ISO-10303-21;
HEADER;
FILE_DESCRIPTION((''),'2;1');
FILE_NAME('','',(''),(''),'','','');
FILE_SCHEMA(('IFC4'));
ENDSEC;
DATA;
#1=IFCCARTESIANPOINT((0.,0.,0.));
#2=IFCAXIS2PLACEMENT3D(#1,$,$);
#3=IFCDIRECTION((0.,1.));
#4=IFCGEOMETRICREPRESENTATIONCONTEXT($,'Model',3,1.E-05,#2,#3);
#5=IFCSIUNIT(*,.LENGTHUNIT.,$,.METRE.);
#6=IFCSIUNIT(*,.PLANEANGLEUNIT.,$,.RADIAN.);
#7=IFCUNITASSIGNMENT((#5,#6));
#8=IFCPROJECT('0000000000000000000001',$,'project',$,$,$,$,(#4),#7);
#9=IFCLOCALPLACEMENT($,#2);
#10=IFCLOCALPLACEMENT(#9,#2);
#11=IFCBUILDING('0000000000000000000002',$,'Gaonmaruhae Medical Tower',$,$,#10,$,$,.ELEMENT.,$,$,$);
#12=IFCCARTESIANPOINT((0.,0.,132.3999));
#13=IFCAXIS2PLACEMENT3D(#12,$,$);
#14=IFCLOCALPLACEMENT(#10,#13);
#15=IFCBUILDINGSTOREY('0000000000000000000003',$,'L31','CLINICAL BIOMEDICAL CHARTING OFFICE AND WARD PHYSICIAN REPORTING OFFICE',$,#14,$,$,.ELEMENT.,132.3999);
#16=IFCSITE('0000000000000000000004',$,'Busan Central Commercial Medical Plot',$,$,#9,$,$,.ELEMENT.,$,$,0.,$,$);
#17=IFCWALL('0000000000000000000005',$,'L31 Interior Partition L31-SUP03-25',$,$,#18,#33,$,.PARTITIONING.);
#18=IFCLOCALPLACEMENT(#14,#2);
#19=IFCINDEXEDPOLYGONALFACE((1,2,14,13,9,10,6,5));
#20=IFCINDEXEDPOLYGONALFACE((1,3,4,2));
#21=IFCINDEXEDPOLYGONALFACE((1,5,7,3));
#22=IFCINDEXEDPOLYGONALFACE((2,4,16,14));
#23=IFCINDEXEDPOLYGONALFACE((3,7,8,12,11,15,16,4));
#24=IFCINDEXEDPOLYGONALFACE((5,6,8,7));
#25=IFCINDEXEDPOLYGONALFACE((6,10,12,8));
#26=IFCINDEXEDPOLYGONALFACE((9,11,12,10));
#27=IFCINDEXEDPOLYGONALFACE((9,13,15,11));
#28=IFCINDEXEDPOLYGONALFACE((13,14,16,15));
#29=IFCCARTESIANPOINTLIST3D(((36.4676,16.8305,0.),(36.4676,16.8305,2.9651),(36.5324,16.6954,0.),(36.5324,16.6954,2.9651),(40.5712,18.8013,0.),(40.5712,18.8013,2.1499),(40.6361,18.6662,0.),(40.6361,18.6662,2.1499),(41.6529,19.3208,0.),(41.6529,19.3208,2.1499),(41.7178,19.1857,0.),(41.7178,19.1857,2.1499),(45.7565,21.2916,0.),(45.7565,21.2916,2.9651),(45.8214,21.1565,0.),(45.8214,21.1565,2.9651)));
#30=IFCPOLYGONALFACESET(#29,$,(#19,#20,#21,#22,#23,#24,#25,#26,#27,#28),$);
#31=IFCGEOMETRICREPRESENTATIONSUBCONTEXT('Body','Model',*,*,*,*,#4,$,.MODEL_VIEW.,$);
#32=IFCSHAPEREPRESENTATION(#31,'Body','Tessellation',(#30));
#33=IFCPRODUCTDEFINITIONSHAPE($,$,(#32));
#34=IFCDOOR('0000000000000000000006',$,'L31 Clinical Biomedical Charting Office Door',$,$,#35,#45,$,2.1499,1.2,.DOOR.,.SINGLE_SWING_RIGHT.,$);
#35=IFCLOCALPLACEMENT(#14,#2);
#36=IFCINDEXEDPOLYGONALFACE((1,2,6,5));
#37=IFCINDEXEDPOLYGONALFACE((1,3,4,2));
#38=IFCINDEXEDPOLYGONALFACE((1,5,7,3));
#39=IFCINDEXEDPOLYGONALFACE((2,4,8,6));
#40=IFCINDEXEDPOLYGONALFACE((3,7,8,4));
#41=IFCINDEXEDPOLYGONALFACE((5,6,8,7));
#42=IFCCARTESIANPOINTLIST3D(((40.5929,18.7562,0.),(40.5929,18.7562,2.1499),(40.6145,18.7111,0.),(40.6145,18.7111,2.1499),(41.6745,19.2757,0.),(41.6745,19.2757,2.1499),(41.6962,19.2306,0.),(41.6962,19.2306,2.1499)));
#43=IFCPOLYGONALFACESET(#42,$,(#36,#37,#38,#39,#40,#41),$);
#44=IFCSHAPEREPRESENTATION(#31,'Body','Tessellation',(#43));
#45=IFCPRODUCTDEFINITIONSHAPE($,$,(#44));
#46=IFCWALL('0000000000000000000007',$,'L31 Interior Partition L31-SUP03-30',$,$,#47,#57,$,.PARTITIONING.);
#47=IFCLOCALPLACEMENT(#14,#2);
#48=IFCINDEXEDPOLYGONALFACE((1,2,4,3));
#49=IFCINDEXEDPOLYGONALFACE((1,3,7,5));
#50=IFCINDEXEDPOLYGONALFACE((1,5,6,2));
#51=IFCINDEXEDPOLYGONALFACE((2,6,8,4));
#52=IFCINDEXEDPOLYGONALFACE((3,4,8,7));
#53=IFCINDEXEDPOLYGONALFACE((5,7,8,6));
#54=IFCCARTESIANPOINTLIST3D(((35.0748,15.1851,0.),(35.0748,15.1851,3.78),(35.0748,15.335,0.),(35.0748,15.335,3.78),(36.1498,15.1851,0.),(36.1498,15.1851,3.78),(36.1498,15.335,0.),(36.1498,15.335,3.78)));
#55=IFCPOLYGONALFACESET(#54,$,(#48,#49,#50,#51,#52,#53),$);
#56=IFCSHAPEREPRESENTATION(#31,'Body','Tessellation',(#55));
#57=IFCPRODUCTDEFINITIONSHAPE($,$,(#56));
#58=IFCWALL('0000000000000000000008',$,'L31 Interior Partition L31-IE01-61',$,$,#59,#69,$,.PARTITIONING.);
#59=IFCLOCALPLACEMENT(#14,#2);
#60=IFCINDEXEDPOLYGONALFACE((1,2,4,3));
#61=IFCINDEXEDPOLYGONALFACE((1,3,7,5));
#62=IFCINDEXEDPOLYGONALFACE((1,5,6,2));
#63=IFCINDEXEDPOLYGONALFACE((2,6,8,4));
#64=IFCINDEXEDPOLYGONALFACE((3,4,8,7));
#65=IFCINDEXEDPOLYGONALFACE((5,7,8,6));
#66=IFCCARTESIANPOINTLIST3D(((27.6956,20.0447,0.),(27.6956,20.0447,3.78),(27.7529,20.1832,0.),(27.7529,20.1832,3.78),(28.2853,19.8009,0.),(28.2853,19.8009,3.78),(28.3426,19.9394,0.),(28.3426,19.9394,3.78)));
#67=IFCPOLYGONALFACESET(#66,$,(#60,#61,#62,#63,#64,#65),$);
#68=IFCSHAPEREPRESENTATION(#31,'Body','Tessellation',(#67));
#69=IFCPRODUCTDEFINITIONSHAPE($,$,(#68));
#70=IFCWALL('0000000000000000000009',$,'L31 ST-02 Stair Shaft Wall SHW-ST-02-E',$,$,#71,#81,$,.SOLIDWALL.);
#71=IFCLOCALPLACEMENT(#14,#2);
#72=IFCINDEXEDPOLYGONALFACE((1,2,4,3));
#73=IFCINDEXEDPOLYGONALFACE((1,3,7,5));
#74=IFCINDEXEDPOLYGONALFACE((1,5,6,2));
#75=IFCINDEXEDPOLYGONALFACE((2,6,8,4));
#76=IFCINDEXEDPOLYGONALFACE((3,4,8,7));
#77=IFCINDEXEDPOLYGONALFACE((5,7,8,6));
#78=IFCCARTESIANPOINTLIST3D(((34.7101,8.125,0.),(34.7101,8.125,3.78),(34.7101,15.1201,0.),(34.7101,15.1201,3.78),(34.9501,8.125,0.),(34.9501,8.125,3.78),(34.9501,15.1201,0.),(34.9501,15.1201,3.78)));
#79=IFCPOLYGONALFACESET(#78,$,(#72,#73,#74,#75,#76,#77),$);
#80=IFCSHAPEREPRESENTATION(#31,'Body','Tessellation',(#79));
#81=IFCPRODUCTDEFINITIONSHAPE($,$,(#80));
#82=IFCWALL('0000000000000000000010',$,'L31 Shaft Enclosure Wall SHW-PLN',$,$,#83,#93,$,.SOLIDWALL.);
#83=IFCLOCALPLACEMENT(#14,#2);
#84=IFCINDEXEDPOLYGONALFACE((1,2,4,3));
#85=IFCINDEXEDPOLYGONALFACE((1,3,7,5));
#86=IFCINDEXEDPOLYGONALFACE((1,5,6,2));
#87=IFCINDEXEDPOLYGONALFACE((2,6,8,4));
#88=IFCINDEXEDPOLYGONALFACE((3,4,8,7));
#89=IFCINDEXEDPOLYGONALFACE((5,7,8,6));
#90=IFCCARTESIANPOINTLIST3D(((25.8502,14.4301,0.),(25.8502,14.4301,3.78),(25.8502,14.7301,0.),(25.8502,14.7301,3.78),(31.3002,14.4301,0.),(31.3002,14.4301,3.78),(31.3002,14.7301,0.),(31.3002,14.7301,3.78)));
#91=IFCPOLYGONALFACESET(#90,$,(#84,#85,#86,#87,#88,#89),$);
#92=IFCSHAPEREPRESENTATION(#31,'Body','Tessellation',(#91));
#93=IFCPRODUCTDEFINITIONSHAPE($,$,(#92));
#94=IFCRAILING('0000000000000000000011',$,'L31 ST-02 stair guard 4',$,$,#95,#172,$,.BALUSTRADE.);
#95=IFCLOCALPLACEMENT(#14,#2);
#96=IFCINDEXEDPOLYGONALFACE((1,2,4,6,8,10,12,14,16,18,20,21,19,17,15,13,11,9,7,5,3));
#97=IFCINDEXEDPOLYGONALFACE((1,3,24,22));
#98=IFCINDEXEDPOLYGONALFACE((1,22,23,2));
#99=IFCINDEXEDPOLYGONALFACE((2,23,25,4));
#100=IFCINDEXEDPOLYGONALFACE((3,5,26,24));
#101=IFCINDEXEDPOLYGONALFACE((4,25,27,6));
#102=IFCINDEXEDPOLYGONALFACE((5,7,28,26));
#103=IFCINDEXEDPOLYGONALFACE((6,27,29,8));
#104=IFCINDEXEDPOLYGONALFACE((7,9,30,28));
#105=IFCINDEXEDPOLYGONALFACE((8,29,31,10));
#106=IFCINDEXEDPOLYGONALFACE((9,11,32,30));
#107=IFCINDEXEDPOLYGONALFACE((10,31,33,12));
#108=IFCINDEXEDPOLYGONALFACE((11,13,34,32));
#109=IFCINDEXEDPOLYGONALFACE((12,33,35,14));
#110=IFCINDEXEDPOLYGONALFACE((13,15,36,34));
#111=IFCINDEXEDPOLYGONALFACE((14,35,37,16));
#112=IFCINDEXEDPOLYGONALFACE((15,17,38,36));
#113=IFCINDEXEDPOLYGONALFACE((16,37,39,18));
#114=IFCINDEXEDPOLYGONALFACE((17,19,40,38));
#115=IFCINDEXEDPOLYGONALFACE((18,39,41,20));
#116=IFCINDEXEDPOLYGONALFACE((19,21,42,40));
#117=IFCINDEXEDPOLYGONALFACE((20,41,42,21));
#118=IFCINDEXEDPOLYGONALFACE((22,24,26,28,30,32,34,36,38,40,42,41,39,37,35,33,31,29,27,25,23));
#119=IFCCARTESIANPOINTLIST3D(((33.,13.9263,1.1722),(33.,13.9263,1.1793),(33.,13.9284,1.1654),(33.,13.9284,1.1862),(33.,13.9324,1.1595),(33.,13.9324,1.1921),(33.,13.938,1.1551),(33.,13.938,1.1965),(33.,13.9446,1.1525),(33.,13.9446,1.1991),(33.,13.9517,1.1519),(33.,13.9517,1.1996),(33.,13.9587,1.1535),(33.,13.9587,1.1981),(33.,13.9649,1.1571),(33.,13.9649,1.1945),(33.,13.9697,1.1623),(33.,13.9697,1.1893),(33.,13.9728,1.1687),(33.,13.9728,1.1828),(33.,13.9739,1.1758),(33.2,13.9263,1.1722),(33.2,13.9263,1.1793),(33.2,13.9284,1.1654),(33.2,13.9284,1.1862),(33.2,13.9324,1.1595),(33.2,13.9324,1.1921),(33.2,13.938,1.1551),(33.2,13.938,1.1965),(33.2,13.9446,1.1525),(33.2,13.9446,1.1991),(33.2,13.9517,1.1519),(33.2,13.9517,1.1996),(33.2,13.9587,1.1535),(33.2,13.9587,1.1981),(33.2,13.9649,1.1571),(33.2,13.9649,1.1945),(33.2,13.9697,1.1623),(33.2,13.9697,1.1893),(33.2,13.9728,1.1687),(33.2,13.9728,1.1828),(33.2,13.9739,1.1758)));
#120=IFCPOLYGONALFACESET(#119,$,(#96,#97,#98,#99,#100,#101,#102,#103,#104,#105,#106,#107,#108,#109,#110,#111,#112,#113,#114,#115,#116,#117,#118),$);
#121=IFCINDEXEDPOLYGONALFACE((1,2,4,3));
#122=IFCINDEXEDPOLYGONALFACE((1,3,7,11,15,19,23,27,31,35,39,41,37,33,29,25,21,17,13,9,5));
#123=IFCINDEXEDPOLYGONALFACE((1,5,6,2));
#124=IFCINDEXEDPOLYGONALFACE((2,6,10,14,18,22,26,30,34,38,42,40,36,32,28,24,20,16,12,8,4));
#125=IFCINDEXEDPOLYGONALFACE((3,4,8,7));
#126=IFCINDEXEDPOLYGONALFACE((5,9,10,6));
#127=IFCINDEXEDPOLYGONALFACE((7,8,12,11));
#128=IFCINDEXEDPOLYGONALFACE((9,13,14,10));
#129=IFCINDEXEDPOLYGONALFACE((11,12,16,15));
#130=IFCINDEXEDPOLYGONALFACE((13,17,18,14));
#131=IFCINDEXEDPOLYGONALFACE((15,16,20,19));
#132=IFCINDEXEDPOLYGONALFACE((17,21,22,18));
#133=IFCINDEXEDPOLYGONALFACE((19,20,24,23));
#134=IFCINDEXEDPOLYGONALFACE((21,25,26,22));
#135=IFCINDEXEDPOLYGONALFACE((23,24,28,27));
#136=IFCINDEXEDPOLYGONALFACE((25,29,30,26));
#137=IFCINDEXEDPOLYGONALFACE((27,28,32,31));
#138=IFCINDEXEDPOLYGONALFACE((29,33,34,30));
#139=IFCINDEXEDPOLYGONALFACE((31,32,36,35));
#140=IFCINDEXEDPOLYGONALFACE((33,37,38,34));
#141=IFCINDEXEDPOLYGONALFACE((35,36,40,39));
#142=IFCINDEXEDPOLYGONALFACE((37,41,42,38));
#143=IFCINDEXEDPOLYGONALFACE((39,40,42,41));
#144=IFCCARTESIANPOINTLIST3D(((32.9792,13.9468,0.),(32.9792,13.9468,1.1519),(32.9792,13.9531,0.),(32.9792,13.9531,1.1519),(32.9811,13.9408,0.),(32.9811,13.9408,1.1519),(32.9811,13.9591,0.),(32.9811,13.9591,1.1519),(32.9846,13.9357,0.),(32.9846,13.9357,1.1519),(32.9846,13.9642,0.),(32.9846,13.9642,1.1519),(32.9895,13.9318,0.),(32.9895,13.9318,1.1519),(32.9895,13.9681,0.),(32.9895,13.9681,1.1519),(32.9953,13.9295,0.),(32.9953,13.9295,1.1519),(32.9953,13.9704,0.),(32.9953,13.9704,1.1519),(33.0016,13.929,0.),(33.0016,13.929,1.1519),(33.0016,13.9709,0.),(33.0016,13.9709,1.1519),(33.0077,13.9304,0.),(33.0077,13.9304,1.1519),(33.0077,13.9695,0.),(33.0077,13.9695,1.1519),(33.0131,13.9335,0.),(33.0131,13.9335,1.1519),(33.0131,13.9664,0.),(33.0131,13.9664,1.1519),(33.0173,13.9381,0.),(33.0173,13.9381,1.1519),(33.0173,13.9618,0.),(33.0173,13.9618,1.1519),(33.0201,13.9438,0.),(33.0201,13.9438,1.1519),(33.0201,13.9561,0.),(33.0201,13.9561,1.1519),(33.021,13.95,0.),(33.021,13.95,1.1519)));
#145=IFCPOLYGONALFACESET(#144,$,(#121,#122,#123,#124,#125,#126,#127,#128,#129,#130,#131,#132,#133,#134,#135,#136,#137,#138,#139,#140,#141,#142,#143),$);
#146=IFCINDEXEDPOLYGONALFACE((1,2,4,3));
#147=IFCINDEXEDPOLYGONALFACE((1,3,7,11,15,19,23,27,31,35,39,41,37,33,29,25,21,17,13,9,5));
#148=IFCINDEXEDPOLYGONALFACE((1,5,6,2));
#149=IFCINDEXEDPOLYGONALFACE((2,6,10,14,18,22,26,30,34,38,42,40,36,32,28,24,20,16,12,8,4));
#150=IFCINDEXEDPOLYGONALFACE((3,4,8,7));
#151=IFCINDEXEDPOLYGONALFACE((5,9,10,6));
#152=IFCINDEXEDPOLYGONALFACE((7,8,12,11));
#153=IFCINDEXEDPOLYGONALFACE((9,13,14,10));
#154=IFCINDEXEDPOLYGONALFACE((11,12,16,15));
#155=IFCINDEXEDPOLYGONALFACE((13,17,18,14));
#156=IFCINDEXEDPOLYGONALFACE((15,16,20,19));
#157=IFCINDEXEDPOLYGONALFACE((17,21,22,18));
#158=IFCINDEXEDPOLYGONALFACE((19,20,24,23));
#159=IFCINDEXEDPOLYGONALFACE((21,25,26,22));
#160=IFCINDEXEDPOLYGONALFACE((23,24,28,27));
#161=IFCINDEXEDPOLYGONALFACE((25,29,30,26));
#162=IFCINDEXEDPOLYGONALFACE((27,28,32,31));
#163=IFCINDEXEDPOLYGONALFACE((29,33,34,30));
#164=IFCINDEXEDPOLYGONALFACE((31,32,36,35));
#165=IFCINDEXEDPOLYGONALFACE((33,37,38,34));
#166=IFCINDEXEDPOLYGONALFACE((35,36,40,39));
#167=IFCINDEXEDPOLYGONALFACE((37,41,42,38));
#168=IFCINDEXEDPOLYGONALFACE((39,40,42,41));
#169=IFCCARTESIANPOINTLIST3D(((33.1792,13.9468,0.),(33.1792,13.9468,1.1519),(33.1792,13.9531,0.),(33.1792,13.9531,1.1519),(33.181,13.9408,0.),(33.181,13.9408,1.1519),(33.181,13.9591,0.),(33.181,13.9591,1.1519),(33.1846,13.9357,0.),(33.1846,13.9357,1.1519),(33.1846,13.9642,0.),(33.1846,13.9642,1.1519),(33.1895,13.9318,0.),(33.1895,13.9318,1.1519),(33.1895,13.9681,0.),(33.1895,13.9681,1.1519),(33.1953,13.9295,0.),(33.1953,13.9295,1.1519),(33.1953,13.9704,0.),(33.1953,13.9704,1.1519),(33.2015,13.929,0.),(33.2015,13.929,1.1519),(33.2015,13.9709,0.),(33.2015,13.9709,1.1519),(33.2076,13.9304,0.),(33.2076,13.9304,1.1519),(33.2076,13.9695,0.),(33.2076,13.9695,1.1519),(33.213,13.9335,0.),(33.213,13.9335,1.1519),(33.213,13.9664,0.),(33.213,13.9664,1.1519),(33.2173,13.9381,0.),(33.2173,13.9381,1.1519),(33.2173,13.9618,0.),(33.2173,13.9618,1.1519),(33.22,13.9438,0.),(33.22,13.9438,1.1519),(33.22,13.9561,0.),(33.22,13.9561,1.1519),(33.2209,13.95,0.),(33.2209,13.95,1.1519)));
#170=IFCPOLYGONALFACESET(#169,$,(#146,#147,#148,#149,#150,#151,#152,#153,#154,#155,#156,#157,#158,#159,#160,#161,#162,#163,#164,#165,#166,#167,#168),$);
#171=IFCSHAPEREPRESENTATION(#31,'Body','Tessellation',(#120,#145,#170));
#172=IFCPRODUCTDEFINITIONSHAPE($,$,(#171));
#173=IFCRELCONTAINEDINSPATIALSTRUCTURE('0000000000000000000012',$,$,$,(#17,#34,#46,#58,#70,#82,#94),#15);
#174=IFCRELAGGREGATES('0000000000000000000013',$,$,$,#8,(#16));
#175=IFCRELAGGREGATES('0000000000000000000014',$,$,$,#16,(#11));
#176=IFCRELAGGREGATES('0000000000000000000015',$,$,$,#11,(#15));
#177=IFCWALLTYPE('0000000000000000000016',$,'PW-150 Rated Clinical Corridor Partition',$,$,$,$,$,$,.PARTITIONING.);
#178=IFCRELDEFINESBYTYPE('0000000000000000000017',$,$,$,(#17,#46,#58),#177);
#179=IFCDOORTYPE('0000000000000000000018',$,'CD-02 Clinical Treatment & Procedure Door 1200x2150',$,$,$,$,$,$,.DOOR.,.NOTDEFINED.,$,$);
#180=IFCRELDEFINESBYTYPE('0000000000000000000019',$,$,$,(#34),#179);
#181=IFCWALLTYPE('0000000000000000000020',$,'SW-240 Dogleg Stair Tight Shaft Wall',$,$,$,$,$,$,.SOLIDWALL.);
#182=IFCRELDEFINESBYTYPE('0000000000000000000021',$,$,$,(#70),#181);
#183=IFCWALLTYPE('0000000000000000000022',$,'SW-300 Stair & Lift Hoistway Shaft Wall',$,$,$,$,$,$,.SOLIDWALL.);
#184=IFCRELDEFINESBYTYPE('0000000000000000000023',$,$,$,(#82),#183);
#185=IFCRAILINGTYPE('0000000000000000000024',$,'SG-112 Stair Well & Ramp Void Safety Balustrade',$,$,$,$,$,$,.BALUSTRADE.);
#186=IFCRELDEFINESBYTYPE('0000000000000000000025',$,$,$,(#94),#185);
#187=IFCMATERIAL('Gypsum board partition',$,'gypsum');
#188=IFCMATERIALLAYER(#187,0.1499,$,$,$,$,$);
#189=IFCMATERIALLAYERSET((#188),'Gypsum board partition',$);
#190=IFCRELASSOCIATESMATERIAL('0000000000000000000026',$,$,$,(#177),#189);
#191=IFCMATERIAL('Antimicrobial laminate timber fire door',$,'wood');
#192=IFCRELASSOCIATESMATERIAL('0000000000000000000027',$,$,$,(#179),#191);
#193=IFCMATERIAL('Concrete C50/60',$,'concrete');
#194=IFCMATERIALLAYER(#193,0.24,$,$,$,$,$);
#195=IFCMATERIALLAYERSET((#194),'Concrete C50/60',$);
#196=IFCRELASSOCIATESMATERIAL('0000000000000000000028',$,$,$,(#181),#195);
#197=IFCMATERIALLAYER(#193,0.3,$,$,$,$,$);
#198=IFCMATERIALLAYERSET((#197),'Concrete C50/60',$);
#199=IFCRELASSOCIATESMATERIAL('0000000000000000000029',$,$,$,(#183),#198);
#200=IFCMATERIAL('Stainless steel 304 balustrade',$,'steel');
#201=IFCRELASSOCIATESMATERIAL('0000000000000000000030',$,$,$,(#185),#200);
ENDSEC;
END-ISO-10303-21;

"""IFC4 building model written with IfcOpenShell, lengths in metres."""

from ifc_helpers import new_model, si_unit, direction, frame, frame_2d, origin, origin_2d, place, context, subcontext, project, spatial, rectangle, circle, extrude, material, layer, layer_set, type_object, element, fill, save


model = new_model("IFC4")

# Units and contexts
model_context = context("Model", 3, precision=1e-05, world=origin(), true_north=direction((0.0, 1.0)))
body_context = subcontext(model_context, "Body", "Model", "MODEL_VIEW")
ifc_project = project(units=[si_unit("LENGTHUNIT", "METRE"), si_unit("PLANEANGLEUNIT", "RADIAN")], contexts=[model_context])

# Site, building, storey
site_placement = place(None, origin())
site = spatial("IfcSite", under=ifc_project, at=site_placement, Name="Busan Central Commercial Medical Plot", CompositionType="ELEMENT", RefElevation=0.0)
building_placement = place(site_placement, origin())
building = spatial("IfcBuilding", under=site, at=building_placement, Name="Gaonmaruhae Medical Tower", CompositionType="ELEMENT")
storey_placement = place(building_placement, frame((0.0, 0.0, 132.3999)))
storey = spatial("IfcBuildingStorey", under=building, at=storey_placement, Name="L31", Description="CLINICAL BIOMEDICAL CHARTING OFFICE AND WARD PHYSICIAN REPORTING OFFICE", CompositionType="ELEMENT", Elevation=132.3999)

# Shared definitions
ifc_material_1 = material(Name="Gypsum board partition", Category="gypsum")
ifc_layer_1 = layer(ifc_material_1, 0.1499)
ifc_layer_set_1 = layer_set([ifc_layer_1], Name="Gypsum board partition")
wall_type_1 = type_object("IfcWallType", Name="PW-150 Rated Clinical Corridor Partition", PredefinedType="PARTITIONING", material=ifc_layer_set_1)

# Wall, opening, door
wall_1_placement = place(storey_placement, frame((36.5, 16.7629, 0.0), z_axis=(0.0, 0.0, 1.0), x_axis=(0.901431, 0.432923, 0.0)))
wall_1 = element("IfcWall", 1, at=wall_1_placement, inside=storey, type_object=wall_type_1, Name="L31 Interior Partition L31-SUP03-25", PredefinedType="PARTITIONING", context=body_context, shape_type="SweptSolid", body=[
    extrude(rectangle(XDim=10.3047, YDim=0.1499, at=frame_2d((5.1523, 0.0))), origin(), (0.0, 0.0, 1.0), 2.9651),
])
opening_1_placement = place(wall_1_placement, frame((4.5522, 0.0, 0.0)))
opening_1 = element("IfcOpeningElement", 2, at=opening_1_placement, cuts=wall_1, PredefinedType="OPENING", context=body_context, shape_type="SweptSolid", body=[
    extrude(rectangle(XDim=1.2, YDim=2.1499, at=frame_2d((0.6001, 1.075))), frame((0.0, 0.085, 0.0), z_axis=(0.0, -1.0, 0.0), x_axis=(1.0, 0.0, 0.0)), (0.0, 0.0, 1.0), 0.1699),
])
ifc_material_2 = material(Name="Antimicrobial laminate timber fire door", Category="wood")
door_type_1 = type_object("IfcDoorType", Name="CD-02 Clinical Treatment & Procedure Door 1200x2150", OperationType="NOTDEFINED", PredefinedType="DOOR", material=ifc_material_2)
door_1_placement = place(opening_1_placement, origin())
door_1 = element("IfcDoor", 3, at=door_1_placement, inside=storey, type_object=door_type_1, Name="L31 Clinical Biomedical Charting Office Door", OperationType="SINGLE_SWING_RIGHT", OverallHeight=2.1499, OverallWidth=1.2, PredefinedType="DOOR", context=body_context, shape_type="SweptSolid", body=[
    extrude(rectangle(XDim=1.2, YDim=2.1499, at=frame_2d((0.6001, 1.075))), frame((0.0, 0.0249, 0.0), z_axis=(0.0, -1.0, 0.0), x_axis=(1.0, 0.0, 0.0)), (0.0, 0.0, 1.0), 0.05),
])
fill(opening_1, door_1)

# Walls
wall_2_placement = place(storey_placement, frame((36.1499, 15.26, 0.0), z_axis=(0.0, 0.0, 1.0), x_axis=(-1.0, 0.0, 0.0)))
element("IfcWall", 4, at=wall_2_placement, inside=storey, type_object=wall_type_1, Name="L31 Interior Partition L31-SUP03-30", PredefinedType="PARTITIONING", context=body_context, shape_type="SweptSolid", body=[
    extrude(rectangle(XDim=1.075, YDim=0.1499, at=frame_2d((0.5376, 0.0))), origin(), (0.0, 0.0, 1.0), 3.78),
])
wall_3_placement = place(storey_placement, frame((28.314, 19.8701, 0.0), z_axis=(0.0, 0.0, 1.0), x_axis=(-0.924115, 0.382115, 0.0)))
element("IfcWall", 5, at=wall_3_placement, inside=storey, type_object=wall_type_1, Name="L31 Interior Partition L31-IE01-61", PredefinedType="PARTITIONING", context=body_context, shape_type="SweptSolid", body=[
    extrude(rectangle(XDim=0.6382, YDim=0.1499, at=frame_2d((0.3191, 0.0))), origin(), (0.0, 0.0, 1.0), 3.78),
])

# Shared definitions
ifc_material_3 = material(Name="Concrete C50/60", Category="concrete")
ifc_layer_2 = layer(ifc_material_3, 0.24)
ifc_layer_set_2 = layer_set([ifc_layer_2], Name="Concrete C50/60")
wall_type_2 = type_object("IfcWallType", Name="SW-240 Dogleg Stair Tight Shaft Wall", PredefinedType="SOLIDWALL", material=ifc_layer_set_2)

# Walls
wall_4_placement = place(storey_placement, frame((34.8301, 15.1201, 0.0), z_axis=(0.0, 0.0, 1.0), x_axis=(0.0, -1.0, 0.0)))
element("IfcWall", 6, at=wall_4_placement, inside=storey, type_object=wall_type_2, Name="L31 ST-02 Stair Shaft Wall SHW-ST-02-E", PredefinedType="SOLIDWALL", context=body_context, shape_type="SweptSolid", body=[
    extrude(rectangle(XDim=6.9951, YDim=0.24, at=frame_2d((3.4976, 0.0))), origin(), (0.0, 0.0, 1.0), 3.78),
])
ifc_layer_3 = layer(ifc_material_3, 0.3)
ifc_layer_set_3 = layer_set([ifc_layer_3], Name="Concrete C50/60")
wall_type_3 = type_object("IfcWallType", Name="SW-300 Stair & Lift Hoistway Shaft Wall", PredefinedType="SOLIDWALL", material=ifc_layer_set_3)
wall_5_placement = place(storey_placement, frame((25.8501, 14.5801, 0.0), z_axis=(0.0, 0.0, 1.0), x_axis=(1.0, 0.0, 0.0)))
element("IfcWall", 7, at=wall_5_placement, inside=storey, type_object=wall_type_3, Name="L31 Shaft Enclosure Wall SHW-PLN", PredefinedType="SOLIDWALL", context=body_context, shape_type="SweptSolid", body=[
    extrude(rectangle(XDim=5.45, YDim=0.3, at=frame_2d((2.7251, 0.0))), origin(), (0.0, 0.0, 1.0), 3.78),
])

# Railing
ifc_material_4 = material(Name="Stainless steel 304 balustrade", Category="steel")
railing_type = type_object("IfcRailingType", Name="SG-112 Stair Well & Ramp Void Safety Balustrade", PredefinedType="BALUSTRADE", material=ifc_material_4)
railing_1_placement = place(storey_placement, frame((33.0, 13.95, 0.0)))
element("IfcRailing", 8, at=railing_1_placement, inside=storey, type_object=railing_type, Name="L31 ST-02 stair guard 4", PredefinedType="BALUSTRADE", context=body_context, shape_type="SweptSolid", body=[
    extrude(circle(Radius=0.0239, at=origin_2d()), frame((0.0, 0.0, 1.1758), z_axis=(1.0, 0.0, 0.0), x_axis=(0.0, 1.0, 0.0)), (0.0, 0.0, 1.0), 0.2),
    extrude(circle(Radius=0.021, at=origin_2d()), origin(), (0.0, 0.0, 1.0), 1.1519),
    extrude(circle(Radius=0.021, at=origin_2d()), frame((0.2, 0.0, 0.0)), (0.0, 0.0, 1.0), 1.1519),
])

save(model, "model.ifc")
